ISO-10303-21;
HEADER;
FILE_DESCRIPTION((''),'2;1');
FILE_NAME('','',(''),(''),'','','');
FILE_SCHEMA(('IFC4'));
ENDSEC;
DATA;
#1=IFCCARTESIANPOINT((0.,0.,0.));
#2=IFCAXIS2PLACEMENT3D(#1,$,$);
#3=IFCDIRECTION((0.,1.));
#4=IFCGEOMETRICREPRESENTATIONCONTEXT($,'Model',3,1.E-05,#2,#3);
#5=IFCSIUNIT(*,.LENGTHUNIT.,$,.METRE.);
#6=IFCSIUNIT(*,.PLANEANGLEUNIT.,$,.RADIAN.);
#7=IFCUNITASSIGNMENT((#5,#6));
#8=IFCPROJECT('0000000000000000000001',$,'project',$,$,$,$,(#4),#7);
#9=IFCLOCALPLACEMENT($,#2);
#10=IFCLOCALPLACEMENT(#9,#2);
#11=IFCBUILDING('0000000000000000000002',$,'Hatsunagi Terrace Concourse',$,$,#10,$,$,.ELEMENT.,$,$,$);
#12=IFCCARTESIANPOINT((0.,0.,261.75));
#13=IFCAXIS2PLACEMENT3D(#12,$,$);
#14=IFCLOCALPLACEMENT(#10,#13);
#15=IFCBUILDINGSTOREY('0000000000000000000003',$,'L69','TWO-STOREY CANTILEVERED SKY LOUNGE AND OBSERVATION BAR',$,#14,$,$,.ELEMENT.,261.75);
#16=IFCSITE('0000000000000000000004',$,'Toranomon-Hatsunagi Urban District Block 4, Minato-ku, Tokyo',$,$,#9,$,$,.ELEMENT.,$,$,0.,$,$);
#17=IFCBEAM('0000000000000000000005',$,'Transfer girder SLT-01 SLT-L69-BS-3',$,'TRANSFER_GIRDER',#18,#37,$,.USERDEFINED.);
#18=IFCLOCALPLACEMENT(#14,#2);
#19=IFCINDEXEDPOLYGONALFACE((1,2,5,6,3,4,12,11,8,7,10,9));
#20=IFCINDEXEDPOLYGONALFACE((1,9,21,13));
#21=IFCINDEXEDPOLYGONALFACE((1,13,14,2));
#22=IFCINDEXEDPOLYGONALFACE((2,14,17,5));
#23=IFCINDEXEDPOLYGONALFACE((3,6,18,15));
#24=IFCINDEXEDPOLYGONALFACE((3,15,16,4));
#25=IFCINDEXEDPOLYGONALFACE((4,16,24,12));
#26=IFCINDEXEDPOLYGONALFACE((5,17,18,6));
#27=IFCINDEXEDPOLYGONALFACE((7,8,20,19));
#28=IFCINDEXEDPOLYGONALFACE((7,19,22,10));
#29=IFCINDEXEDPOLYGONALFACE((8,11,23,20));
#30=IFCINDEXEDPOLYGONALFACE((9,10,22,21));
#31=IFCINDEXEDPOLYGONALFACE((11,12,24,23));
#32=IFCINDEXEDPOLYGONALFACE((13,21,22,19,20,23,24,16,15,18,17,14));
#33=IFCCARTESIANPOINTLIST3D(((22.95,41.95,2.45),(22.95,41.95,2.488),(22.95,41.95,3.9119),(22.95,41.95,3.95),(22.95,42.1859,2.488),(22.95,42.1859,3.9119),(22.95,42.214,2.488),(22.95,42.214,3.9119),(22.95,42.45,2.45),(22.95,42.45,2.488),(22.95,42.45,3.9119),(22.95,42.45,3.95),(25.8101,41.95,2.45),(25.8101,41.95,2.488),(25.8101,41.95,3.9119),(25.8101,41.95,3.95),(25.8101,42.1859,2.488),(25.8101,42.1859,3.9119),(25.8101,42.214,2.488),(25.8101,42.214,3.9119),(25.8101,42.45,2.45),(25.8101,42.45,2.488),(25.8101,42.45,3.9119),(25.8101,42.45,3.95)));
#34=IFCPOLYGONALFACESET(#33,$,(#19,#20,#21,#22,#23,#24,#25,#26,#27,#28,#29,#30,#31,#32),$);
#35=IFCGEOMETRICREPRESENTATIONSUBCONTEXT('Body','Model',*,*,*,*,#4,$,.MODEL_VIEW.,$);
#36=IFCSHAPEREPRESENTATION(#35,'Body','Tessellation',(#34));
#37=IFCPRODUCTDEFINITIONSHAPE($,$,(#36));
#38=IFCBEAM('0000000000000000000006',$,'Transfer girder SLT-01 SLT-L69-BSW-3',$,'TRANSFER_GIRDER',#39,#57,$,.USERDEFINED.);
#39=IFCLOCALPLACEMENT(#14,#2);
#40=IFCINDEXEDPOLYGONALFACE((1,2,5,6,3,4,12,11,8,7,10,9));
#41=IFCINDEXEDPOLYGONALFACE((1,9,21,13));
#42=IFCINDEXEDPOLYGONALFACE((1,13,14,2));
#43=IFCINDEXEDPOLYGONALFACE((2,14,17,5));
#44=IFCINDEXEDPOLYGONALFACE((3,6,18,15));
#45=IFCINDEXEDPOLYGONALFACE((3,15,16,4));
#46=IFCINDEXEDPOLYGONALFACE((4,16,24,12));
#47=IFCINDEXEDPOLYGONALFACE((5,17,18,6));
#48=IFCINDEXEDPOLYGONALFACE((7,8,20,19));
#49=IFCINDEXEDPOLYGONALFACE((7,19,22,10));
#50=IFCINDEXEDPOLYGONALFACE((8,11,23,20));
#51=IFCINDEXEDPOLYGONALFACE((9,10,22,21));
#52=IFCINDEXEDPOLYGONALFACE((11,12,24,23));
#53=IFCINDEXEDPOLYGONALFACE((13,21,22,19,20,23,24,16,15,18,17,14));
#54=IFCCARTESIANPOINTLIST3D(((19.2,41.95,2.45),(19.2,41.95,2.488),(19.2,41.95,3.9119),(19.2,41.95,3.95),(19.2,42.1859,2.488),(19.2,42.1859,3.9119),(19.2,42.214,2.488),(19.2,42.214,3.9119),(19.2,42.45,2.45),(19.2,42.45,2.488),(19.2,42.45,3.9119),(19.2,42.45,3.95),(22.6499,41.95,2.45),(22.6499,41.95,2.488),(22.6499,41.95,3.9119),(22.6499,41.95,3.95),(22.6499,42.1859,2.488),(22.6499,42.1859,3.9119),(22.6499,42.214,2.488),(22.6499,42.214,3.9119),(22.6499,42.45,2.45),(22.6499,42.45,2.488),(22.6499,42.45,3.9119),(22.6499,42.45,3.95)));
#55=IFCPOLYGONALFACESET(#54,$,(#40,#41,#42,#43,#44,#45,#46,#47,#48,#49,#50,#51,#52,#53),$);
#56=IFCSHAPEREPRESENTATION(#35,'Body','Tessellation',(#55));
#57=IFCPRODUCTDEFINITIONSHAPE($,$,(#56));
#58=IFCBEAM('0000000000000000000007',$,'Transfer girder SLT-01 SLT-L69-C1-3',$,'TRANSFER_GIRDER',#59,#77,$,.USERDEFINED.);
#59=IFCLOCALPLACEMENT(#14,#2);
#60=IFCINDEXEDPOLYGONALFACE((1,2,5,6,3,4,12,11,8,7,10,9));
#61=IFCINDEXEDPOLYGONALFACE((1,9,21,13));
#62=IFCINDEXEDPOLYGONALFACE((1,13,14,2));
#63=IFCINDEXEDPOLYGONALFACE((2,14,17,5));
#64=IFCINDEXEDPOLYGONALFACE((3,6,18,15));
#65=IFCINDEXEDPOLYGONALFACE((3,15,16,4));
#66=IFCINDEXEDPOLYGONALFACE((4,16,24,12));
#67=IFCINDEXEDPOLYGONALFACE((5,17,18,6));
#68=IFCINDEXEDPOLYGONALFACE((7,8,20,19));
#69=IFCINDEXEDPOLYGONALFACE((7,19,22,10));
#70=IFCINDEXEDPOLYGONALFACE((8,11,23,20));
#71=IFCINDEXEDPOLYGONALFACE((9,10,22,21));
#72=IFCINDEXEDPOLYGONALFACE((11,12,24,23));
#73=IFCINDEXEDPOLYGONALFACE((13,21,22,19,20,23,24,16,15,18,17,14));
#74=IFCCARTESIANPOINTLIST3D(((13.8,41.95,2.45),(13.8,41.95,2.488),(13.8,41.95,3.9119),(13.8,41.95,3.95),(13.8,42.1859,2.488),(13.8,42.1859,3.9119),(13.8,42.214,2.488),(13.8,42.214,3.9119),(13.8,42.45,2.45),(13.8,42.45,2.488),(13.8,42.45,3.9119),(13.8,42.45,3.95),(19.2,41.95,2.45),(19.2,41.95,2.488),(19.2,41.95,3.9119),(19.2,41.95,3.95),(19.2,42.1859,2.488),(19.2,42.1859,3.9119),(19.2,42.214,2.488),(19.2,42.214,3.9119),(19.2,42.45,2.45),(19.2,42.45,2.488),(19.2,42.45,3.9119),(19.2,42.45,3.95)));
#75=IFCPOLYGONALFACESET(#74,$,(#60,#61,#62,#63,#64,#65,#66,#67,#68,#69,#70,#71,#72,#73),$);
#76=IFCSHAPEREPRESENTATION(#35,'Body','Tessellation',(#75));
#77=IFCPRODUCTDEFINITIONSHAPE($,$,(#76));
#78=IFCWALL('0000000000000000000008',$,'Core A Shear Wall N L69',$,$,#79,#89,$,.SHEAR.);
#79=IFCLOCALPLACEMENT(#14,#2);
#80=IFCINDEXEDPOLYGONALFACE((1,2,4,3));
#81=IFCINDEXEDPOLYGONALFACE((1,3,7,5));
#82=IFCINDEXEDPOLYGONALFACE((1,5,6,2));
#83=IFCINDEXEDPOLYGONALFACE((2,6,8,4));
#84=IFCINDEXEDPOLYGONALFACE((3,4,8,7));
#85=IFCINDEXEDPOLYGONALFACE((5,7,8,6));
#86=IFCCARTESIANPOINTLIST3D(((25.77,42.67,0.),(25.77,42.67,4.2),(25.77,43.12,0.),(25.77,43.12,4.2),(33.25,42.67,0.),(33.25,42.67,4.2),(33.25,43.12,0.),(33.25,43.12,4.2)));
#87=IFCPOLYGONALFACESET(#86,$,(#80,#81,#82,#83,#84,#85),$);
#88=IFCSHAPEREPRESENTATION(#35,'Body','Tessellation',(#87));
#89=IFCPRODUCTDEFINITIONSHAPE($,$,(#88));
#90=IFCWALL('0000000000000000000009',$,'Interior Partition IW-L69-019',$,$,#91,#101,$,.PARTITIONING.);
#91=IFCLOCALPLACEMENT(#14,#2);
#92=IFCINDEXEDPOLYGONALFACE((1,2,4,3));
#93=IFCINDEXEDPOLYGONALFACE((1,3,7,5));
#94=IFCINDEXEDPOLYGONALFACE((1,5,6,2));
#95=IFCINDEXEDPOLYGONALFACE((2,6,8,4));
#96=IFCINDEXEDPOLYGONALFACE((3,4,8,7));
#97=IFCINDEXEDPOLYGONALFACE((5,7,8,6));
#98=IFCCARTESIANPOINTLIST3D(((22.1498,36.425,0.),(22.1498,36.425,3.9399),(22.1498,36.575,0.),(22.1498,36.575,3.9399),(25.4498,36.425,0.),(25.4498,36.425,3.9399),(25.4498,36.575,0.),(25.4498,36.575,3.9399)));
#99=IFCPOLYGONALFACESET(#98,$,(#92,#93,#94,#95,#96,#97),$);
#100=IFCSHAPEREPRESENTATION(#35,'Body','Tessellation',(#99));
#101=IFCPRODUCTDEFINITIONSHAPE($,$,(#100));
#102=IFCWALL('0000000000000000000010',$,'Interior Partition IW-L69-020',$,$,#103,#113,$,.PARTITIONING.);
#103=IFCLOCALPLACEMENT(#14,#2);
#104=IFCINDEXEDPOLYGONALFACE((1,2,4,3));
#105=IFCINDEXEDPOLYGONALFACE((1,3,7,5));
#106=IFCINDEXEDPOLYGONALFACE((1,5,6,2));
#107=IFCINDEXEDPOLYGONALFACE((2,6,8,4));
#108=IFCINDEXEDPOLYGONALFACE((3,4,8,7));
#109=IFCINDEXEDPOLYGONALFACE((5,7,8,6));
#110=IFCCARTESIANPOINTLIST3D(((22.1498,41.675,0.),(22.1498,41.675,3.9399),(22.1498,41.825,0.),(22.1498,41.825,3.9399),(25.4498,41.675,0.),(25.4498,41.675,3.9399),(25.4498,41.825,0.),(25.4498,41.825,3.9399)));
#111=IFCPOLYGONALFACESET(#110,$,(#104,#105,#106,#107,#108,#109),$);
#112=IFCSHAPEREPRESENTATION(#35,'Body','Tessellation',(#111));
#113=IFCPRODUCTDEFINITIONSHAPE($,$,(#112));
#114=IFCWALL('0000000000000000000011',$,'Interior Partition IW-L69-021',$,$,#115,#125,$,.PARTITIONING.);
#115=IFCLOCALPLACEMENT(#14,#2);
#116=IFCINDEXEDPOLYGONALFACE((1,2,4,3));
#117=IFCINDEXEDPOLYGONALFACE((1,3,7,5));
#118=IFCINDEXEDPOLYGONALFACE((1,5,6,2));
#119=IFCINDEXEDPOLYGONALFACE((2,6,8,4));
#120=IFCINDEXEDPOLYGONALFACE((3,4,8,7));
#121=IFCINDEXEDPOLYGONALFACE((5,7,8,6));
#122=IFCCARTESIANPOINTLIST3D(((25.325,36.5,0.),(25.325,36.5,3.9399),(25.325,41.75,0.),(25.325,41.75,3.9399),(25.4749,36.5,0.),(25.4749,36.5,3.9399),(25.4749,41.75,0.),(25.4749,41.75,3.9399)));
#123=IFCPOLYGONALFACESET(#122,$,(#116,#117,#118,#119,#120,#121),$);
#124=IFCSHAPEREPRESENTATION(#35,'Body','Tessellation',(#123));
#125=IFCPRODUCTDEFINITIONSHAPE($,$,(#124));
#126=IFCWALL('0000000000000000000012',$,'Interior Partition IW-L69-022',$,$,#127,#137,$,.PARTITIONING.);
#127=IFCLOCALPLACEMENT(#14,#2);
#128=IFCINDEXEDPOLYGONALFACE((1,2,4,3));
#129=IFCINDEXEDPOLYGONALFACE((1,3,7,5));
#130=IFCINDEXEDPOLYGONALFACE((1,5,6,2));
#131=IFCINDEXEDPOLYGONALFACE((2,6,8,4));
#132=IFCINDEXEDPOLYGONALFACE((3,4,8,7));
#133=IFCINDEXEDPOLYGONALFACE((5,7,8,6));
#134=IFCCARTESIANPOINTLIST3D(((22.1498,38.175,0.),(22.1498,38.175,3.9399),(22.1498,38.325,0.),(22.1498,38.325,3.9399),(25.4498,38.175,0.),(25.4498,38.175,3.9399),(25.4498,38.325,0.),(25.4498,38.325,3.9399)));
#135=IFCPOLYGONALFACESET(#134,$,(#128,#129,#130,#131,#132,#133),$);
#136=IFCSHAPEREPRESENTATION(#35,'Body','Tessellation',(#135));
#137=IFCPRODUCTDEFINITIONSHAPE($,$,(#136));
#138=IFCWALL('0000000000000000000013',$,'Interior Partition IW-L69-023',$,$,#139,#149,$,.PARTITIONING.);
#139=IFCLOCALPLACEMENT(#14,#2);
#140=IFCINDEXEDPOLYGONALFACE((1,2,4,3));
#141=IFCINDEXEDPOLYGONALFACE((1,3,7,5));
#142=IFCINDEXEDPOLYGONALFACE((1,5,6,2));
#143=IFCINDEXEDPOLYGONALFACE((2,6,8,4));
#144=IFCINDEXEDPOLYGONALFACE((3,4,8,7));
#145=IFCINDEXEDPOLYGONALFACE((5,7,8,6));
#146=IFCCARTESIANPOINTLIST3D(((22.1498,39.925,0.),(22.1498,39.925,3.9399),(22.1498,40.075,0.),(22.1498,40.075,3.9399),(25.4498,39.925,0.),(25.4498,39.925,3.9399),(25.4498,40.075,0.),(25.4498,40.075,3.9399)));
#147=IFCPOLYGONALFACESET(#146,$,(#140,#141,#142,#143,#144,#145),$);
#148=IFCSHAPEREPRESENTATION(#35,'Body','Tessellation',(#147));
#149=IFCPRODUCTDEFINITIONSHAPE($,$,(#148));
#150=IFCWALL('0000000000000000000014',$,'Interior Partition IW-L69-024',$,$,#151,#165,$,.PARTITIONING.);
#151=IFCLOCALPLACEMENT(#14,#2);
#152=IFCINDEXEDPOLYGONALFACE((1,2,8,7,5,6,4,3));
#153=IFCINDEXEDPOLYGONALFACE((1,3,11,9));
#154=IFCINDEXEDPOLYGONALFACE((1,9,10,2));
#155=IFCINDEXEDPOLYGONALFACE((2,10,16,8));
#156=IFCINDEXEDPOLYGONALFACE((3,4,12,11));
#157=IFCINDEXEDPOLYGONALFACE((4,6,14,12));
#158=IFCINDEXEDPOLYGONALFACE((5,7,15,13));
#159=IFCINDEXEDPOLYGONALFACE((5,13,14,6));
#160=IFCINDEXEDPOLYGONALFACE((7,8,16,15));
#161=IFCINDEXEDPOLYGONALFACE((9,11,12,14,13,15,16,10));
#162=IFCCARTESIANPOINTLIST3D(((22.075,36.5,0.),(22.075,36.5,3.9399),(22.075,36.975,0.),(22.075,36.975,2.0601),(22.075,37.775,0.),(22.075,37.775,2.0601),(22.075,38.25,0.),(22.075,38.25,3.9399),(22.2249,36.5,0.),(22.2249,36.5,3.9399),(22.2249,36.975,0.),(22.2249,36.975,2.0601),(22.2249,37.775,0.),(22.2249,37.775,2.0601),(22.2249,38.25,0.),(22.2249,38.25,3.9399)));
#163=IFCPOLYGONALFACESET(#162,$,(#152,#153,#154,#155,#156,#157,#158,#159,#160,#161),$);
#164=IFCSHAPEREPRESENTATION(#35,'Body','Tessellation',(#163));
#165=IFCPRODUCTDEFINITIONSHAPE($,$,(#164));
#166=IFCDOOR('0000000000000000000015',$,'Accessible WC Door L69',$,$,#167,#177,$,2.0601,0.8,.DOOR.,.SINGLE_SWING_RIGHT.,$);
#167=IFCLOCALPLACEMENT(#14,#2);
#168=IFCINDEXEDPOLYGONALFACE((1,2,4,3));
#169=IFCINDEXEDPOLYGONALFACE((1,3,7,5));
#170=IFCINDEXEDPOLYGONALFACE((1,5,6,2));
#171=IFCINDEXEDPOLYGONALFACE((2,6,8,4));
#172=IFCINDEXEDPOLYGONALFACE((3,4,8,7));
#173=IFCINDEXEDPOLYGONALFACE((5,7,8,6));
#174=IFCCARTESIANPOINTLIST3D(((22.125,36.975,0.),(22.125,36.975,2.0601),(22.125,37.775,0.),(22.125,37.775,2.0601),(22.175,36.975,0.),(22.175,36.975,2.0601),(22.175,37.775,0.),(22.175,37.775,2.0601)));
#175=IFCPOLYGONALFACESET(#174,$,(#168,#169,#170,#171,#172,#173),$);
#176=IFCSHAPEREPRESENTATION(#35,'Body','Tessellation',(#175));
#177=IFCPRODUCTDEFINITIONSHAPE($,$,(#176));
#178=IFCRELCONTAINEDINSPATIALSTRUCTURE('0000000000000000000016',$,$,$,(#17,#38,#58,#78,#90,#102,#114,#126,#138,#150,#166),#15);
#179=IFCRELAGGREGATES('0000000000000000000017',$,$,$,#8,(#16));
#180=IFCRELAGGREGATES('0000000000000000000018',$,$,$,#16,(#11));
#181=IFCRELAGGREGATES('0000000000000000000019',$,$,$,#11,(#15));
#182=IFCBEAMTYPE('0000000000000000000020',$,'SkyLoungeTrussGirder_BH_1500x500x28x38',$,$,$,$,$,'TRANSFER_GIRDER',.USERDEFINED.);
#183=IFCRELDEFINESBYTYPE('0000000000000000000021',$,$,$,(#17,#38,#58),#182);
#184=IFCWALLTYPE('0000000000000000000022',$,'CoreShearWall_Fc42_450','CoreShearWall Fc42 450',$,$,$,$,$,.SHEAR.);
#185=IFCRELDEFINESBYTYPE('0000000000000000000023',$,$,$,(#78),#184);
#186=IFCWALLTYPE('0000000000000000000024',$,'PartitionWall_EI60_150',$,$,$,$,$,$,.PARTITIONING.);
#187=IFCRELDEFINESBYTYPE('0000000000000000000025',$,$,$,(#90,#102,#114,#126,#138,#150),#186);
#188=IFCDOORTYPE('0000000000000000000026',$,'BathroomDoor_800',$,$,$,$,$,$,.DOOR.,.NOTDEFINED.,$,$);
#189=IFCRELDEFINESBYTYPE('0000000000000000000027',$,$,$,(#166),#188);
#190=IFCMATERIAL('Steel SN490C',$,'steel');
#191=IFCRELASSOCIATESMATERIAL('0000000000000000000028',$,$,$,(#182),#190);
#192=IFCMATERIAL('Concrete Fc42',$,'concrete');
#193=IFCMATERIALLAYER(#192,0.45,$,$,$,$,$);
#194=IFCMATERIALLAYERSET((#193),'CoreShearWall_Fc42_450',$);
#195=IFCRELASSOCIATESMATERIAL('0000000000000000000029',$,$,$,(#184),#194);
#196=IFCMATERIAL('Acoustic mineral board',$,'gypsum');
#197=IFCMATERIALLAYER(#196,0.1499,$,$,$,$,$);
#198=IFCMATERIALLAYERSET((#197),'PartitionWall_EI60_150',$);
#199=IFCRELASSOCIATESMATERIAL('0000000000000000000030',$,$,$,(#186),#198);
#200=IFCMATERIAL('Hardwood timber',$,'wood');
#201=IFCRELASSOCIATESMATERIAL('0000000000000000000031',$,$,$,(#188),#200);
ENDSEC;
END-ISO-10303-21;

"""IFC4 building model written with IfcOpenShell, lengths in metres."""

from ifc_helpers import new_model, si_unit, direction, frame, frame_2d, origin, origin_2d, place, context, subcontext, project, spatial, rectangle, i_section, extrude, material, layer, layer_set, material_profile, profile_set, type_object, element, fill, save


model = new_model("IFC4")

# Units and contexts
model_context = context("Model", 3, precision=1e-05, world=origin(), true_north=direction((0.0, 1.0)))
body_context = subcontext(model_context, "Body", "Model", "MODEL_VIEW")
ifc_project = project(units=[si_unit("LENGTHUNIT", "METRE"), si_unit("PLANEANGLEUNIT", "RADIAN")], contexts=[model_context])

# Site, building, storey
site_placement = place(None, origin())
site = spatial("IfcSite", under=ifc_project, at=site_placement, Name="Toranomon-Hatsunagi Urban District Block 4, Minato-ku, Tokyo", CompositionType="ELEMENT", RefElevation=0.0)
building_placement = place(site_placement, origin())
building = spatial("IfcBuilding", under=site, at=building_placement, Name="Hatsunagi Terrace Concourse", CompositionType="ELEMENT")
storey_placement = place(building_placement, frame((0.0, 0.0, 261.75)))
storey = spatial("IfcBuildingStorey", under=building, at=storey_placement, Name="L69", Description="TWO-STOREY CANTILEVERED SKY LOUNGE AND OBSERVATION BAR", CompositionType="ELEMENT", Elevation=261.75)

# Beams
ifc_material_1 = material(Name="Steel SN490C", Category="steel")
ifc_material_profile_1 = material_profile(ifc_material_1, i_section(OverallWidth=0.5, OverallDepth=1.5, WebThickness=0.0281, FlangeThickness=0.0381, at=origin_2d()), Name="BH-1500x500x28x38")
ifc_profile_set_1 = profile_set([ifc_material_profile_1], Name="Steel SN490C")
beam_type_1 = type_object("IfcBeamType", Name="SkyLoungeTrussGirder_BH_1500x500x28x38", ElementType="TRANSFER_GIRDER", PredefinedType="USERDEFINED", material=ifc_profile_set_1)
beam_1_placement = place(storey_placement, frame((25.8101, 42.2, 3.2), z_axis=(-1.0, 0.0, 0.0), x_axis=(0.0, -1.0, 0.0)))
element("IfcBeam", 1, at=beam_1_placement, inside=storey, type_object=beam_type_1, Name="Transfer girder SLT-01 SLT-L69-BS-3", ObjectType="TRANSFER_GIRDER", PredefinedType="USERDEFINED", context=body_context, shape_type="SweptSolid", body=[
    extrude(i_section(OverallWidth=0.5, OverallDepth=1.5, WebThickness=0.0281, FlangeThickness=0.0381, at=origin_2d()), origin(), (0.0, 0.0, 1.0), 2.8601),
])
beam_2_placement = place(storey_placement, frame((22.6499, 42.2, 3.2), z_axis=(-1.0, 0.0, 0.0), x_axis=(0.0, -1.0, 0.0)))
element("IfcBeam", 2, at=beam_2_placement, inside=storey, type_object=beam_type_1, Name="Transfer girder SLT-01 SLT-L69-BSW-3", ObjectType="TRANSFER_GIRDER", PredefinedType="USERDEFINED", context=body_context, shape_type="SweptSolid", body=[
    extrude(i_section(OverallWidth=0.5, OverallDepth=1.5, WebThickness=0.0281, FlangeThickness=0.0381, at=origin_2d()), origin(), (0.0, 0.0, 1.0), 3.45),
])
beam_3_placement = place(storey_placement, frame((19.2, 42.2, 3.2), z_axis=(-1.0, 0.0, 0.0), x_axis=(0.0, -1.0, 0.0)))
element("IfcBeam", 3, at=beam_3_placement, inside=storey, type_object=beam_type_1, Name="Transfer girder SLT-01 SLT-L69-C1-3", ObjectType="TRANSFER_GIRDER", PredefinedType="USERDEFINED", context=body_context, shape_type="SweptSolid", body=[
    extrude(i_section(OverallWidth=0.5, OverallDepth=1.5, WebThickness=0.0281, FlangeThickness=0.0381, at=origin_2d()), origin(), (0.0, 0.0, 1.0), 5.3999),
])

# Walls
ifc_material_2 = material(Name="Concrete Fc42", Category="concrete")
ifc_layer_1 = layer(ifc_material_2, 0.45)
ifc_layer_set_1 = layer_set([ifc_layer_1], Name="CoreShearWall_Fc42_450")
wall_type_1 = type_object("IfcWallType", Name="CoreShearWall_Fc42_450", Description="CoreShearWall Fc42 450", PredefinedType="SHEAR", material=ifc_layer_set_1)
wall_1_placement = place(storey_placement, frame((25.77, 42.895, 0.0), z_axis=(0.0, 0.0, 1.0), x_axis=(1.0, 0.0, 0.0)))
element("IfcWall", 4, at=wall_1_placement, inside=storey, type_object=wall_type_1, Name="Core A Shear Wall N L69", PredefinedType="SHEAR", context=body_context, shape_type="SweptSolid", body=[
    extrude(rectangle(XDim=7.48, YDim=0.45, at=frame_2d((3.74, 0.0))), origin(), (0.0, 0.0, 1.0), 4.2),
])
ifc_material_3 = material(Name="Acoustic mineral board", Category="gypsum")
ifc_layer_2 = layer(ifc_material_3, 0.1499)
ifc_layer_set_2 = layer_set([ifc_layer_2], Name="PartitionWall_EI60_150")
wall_type_2 = type_object("IfcWallType", Name="PartitionWall_EI60_150", PredefinedType="PARTITIONING", material=ifc_layer_set_2)
for number, where, z_axis, x_axis, name in (
    (5, (22.1499, 36.5, 0.0), (0.0, 0.0, 1.0), (1.0, 0.0, 0.0), "Interior Partition IW-L69-019"),
    (6, (22.1499, 41.75, 0.0), (0.0, 0.0, 1.0), (1.0, 0.0, 0.0), "Interior Partition IW-L69-020"),
):
    element("IfcWall", number, at=place(storey_placement, frame(where, z_axis=z_axis, x_axis=x_axis)), inside=storey, type_object=wall_type_2, Name=name, PredefinedType="PARTITIONING", context=body_context, shape_type="SweptSolid", body=[
        extrude(rectangle(XDim=3.3, YDim=0.1499, at=frame_2d((1.6499, 0.0))), origin(), (0.0, 0.0, 1.0), 3.9399),
    ])
wall_2_placement = place(storey_placement, frame((25.3999, 36.5, 0.0), z_axis=(0.0, 0.0, 1.0), x_axis=(0.0, 1.0, 0.0)))
element("IfcWall", 7, at=wall_2_placement, inside=storey, type_object=wall_type_2, Name="Interior Partition IW-L69-021", PredefinedType="PARTITIONING", context=body_context, shape_type="SweptSolid", body=[
    extrude(rectangle(XDim=5.25, YDim=0.1499, at=frame_2d((2.625, 0.0))), origin(), (0.0, 0.0, 1.0), 3.9399),
])
for number, where, z_axis, x_axis, name in (
    (8, (22.1499, 38.25, 0.0), (0.0, 0.0, 1.0), (1.0, 0.0, 0.0), "Interior Partition IW-L69-022"),
    (9, (22.1499, 40.0, 0.0), (0.0, 0.0, 1.0), (1.0, 0.0, 0.0), "Interior Partition IW-L69-023"),
):
    element("IfcWall", number, at=place(storey_placement, frame(where, z_axis=z_axis, x_axis=x_axis)), inside=storey, type_object=wall_type_2, Name=name, PredefinedType="PARTITIONING", context=body_context, shape_type="SweptSolid", body=[
        extrude(rectangle(XDim=3.3, YDim=0.1499, at=frame_2d((1.6499, 0.0))), origin(), (0.0, 0.0, 1.0), 3.9399),
    ])

# Wall, opening, door
wall_3_placement = place(storey_placement, frame((22.1499, 36.5, 0.0), z_axis=(0.0, 0.0, 1.0), x_axis=(0.0, 1.0, 0.0)))
wall_3 = element("IfcWall", 10, at=wall_3_placement, inside=storey, type_object=wall_type_2, Name="Interior Partition IW-L69-024", PredefinedType="PARTITIONING", context=body_context, shape_type="SweptSolid", body=[
    extrude(rectangle(XDim=1.75, YDim=0.1499, at=frame_2d((0.875, 0.0))), origin(), (0.0, 0.0, 1.0), 3.9399),
])
opening_1_placement = place(wall_3_placement, frame((0.4751, 0.0, 0.0)))
opening_1 = element("IfcOpeningElement", 11, at=opening_1_placement, cuts=wall_3, PredefinedType="OPENING", context=body_context, shape_type="SweptSolid", body=[
    extrude(rectangle(XDim=0.8, YDim=2.0601, at=frame_2d((0.3999, 1.03))), frame((0.0, 0.085, 0.0), z_axis=(0.0, -1.0, 0.0), x_axis=(1.0, 0.0, 0.0)), (0.0, 0.0, 1.0), 0.1699),
])
ifc_material_4 = material(Name="Hardwood timber", Category="wood")
door_type = type_object("IfcDoorType", Name="BathroomDoor_800", OperationType="NOTDEFINED", PredefinedType="DOOR", material=ifc_material_4)
door_1_placement = place(opening_1_placement, origin())
door_1 = element("IfcDoor", 12, at=door_1_placement, inside=storey, type_object=door_type, Name="Accessible WC Door L69", OperationType="SINGLE_SWING_RIGHT", OverallHeight=2.0601, OverallWidth=0.8, PredefinedType="DOOR", context=body_context, shape_type="SweptSolid", body=[
    extrude(rectangle(XDim=0.8, YDim=2.0601, at=frame_2d((0.3999, 1.03))), frame((0.0, 0.0249, 0.0), z_axis=(0.0, -1.0, 0.0), x_axis=(1.0, 0.0, 0.0)), (0.0, 0.0, 1.0), 0.05),
])
fill(opening_1, door_1)

save(model, "model.ifc")
